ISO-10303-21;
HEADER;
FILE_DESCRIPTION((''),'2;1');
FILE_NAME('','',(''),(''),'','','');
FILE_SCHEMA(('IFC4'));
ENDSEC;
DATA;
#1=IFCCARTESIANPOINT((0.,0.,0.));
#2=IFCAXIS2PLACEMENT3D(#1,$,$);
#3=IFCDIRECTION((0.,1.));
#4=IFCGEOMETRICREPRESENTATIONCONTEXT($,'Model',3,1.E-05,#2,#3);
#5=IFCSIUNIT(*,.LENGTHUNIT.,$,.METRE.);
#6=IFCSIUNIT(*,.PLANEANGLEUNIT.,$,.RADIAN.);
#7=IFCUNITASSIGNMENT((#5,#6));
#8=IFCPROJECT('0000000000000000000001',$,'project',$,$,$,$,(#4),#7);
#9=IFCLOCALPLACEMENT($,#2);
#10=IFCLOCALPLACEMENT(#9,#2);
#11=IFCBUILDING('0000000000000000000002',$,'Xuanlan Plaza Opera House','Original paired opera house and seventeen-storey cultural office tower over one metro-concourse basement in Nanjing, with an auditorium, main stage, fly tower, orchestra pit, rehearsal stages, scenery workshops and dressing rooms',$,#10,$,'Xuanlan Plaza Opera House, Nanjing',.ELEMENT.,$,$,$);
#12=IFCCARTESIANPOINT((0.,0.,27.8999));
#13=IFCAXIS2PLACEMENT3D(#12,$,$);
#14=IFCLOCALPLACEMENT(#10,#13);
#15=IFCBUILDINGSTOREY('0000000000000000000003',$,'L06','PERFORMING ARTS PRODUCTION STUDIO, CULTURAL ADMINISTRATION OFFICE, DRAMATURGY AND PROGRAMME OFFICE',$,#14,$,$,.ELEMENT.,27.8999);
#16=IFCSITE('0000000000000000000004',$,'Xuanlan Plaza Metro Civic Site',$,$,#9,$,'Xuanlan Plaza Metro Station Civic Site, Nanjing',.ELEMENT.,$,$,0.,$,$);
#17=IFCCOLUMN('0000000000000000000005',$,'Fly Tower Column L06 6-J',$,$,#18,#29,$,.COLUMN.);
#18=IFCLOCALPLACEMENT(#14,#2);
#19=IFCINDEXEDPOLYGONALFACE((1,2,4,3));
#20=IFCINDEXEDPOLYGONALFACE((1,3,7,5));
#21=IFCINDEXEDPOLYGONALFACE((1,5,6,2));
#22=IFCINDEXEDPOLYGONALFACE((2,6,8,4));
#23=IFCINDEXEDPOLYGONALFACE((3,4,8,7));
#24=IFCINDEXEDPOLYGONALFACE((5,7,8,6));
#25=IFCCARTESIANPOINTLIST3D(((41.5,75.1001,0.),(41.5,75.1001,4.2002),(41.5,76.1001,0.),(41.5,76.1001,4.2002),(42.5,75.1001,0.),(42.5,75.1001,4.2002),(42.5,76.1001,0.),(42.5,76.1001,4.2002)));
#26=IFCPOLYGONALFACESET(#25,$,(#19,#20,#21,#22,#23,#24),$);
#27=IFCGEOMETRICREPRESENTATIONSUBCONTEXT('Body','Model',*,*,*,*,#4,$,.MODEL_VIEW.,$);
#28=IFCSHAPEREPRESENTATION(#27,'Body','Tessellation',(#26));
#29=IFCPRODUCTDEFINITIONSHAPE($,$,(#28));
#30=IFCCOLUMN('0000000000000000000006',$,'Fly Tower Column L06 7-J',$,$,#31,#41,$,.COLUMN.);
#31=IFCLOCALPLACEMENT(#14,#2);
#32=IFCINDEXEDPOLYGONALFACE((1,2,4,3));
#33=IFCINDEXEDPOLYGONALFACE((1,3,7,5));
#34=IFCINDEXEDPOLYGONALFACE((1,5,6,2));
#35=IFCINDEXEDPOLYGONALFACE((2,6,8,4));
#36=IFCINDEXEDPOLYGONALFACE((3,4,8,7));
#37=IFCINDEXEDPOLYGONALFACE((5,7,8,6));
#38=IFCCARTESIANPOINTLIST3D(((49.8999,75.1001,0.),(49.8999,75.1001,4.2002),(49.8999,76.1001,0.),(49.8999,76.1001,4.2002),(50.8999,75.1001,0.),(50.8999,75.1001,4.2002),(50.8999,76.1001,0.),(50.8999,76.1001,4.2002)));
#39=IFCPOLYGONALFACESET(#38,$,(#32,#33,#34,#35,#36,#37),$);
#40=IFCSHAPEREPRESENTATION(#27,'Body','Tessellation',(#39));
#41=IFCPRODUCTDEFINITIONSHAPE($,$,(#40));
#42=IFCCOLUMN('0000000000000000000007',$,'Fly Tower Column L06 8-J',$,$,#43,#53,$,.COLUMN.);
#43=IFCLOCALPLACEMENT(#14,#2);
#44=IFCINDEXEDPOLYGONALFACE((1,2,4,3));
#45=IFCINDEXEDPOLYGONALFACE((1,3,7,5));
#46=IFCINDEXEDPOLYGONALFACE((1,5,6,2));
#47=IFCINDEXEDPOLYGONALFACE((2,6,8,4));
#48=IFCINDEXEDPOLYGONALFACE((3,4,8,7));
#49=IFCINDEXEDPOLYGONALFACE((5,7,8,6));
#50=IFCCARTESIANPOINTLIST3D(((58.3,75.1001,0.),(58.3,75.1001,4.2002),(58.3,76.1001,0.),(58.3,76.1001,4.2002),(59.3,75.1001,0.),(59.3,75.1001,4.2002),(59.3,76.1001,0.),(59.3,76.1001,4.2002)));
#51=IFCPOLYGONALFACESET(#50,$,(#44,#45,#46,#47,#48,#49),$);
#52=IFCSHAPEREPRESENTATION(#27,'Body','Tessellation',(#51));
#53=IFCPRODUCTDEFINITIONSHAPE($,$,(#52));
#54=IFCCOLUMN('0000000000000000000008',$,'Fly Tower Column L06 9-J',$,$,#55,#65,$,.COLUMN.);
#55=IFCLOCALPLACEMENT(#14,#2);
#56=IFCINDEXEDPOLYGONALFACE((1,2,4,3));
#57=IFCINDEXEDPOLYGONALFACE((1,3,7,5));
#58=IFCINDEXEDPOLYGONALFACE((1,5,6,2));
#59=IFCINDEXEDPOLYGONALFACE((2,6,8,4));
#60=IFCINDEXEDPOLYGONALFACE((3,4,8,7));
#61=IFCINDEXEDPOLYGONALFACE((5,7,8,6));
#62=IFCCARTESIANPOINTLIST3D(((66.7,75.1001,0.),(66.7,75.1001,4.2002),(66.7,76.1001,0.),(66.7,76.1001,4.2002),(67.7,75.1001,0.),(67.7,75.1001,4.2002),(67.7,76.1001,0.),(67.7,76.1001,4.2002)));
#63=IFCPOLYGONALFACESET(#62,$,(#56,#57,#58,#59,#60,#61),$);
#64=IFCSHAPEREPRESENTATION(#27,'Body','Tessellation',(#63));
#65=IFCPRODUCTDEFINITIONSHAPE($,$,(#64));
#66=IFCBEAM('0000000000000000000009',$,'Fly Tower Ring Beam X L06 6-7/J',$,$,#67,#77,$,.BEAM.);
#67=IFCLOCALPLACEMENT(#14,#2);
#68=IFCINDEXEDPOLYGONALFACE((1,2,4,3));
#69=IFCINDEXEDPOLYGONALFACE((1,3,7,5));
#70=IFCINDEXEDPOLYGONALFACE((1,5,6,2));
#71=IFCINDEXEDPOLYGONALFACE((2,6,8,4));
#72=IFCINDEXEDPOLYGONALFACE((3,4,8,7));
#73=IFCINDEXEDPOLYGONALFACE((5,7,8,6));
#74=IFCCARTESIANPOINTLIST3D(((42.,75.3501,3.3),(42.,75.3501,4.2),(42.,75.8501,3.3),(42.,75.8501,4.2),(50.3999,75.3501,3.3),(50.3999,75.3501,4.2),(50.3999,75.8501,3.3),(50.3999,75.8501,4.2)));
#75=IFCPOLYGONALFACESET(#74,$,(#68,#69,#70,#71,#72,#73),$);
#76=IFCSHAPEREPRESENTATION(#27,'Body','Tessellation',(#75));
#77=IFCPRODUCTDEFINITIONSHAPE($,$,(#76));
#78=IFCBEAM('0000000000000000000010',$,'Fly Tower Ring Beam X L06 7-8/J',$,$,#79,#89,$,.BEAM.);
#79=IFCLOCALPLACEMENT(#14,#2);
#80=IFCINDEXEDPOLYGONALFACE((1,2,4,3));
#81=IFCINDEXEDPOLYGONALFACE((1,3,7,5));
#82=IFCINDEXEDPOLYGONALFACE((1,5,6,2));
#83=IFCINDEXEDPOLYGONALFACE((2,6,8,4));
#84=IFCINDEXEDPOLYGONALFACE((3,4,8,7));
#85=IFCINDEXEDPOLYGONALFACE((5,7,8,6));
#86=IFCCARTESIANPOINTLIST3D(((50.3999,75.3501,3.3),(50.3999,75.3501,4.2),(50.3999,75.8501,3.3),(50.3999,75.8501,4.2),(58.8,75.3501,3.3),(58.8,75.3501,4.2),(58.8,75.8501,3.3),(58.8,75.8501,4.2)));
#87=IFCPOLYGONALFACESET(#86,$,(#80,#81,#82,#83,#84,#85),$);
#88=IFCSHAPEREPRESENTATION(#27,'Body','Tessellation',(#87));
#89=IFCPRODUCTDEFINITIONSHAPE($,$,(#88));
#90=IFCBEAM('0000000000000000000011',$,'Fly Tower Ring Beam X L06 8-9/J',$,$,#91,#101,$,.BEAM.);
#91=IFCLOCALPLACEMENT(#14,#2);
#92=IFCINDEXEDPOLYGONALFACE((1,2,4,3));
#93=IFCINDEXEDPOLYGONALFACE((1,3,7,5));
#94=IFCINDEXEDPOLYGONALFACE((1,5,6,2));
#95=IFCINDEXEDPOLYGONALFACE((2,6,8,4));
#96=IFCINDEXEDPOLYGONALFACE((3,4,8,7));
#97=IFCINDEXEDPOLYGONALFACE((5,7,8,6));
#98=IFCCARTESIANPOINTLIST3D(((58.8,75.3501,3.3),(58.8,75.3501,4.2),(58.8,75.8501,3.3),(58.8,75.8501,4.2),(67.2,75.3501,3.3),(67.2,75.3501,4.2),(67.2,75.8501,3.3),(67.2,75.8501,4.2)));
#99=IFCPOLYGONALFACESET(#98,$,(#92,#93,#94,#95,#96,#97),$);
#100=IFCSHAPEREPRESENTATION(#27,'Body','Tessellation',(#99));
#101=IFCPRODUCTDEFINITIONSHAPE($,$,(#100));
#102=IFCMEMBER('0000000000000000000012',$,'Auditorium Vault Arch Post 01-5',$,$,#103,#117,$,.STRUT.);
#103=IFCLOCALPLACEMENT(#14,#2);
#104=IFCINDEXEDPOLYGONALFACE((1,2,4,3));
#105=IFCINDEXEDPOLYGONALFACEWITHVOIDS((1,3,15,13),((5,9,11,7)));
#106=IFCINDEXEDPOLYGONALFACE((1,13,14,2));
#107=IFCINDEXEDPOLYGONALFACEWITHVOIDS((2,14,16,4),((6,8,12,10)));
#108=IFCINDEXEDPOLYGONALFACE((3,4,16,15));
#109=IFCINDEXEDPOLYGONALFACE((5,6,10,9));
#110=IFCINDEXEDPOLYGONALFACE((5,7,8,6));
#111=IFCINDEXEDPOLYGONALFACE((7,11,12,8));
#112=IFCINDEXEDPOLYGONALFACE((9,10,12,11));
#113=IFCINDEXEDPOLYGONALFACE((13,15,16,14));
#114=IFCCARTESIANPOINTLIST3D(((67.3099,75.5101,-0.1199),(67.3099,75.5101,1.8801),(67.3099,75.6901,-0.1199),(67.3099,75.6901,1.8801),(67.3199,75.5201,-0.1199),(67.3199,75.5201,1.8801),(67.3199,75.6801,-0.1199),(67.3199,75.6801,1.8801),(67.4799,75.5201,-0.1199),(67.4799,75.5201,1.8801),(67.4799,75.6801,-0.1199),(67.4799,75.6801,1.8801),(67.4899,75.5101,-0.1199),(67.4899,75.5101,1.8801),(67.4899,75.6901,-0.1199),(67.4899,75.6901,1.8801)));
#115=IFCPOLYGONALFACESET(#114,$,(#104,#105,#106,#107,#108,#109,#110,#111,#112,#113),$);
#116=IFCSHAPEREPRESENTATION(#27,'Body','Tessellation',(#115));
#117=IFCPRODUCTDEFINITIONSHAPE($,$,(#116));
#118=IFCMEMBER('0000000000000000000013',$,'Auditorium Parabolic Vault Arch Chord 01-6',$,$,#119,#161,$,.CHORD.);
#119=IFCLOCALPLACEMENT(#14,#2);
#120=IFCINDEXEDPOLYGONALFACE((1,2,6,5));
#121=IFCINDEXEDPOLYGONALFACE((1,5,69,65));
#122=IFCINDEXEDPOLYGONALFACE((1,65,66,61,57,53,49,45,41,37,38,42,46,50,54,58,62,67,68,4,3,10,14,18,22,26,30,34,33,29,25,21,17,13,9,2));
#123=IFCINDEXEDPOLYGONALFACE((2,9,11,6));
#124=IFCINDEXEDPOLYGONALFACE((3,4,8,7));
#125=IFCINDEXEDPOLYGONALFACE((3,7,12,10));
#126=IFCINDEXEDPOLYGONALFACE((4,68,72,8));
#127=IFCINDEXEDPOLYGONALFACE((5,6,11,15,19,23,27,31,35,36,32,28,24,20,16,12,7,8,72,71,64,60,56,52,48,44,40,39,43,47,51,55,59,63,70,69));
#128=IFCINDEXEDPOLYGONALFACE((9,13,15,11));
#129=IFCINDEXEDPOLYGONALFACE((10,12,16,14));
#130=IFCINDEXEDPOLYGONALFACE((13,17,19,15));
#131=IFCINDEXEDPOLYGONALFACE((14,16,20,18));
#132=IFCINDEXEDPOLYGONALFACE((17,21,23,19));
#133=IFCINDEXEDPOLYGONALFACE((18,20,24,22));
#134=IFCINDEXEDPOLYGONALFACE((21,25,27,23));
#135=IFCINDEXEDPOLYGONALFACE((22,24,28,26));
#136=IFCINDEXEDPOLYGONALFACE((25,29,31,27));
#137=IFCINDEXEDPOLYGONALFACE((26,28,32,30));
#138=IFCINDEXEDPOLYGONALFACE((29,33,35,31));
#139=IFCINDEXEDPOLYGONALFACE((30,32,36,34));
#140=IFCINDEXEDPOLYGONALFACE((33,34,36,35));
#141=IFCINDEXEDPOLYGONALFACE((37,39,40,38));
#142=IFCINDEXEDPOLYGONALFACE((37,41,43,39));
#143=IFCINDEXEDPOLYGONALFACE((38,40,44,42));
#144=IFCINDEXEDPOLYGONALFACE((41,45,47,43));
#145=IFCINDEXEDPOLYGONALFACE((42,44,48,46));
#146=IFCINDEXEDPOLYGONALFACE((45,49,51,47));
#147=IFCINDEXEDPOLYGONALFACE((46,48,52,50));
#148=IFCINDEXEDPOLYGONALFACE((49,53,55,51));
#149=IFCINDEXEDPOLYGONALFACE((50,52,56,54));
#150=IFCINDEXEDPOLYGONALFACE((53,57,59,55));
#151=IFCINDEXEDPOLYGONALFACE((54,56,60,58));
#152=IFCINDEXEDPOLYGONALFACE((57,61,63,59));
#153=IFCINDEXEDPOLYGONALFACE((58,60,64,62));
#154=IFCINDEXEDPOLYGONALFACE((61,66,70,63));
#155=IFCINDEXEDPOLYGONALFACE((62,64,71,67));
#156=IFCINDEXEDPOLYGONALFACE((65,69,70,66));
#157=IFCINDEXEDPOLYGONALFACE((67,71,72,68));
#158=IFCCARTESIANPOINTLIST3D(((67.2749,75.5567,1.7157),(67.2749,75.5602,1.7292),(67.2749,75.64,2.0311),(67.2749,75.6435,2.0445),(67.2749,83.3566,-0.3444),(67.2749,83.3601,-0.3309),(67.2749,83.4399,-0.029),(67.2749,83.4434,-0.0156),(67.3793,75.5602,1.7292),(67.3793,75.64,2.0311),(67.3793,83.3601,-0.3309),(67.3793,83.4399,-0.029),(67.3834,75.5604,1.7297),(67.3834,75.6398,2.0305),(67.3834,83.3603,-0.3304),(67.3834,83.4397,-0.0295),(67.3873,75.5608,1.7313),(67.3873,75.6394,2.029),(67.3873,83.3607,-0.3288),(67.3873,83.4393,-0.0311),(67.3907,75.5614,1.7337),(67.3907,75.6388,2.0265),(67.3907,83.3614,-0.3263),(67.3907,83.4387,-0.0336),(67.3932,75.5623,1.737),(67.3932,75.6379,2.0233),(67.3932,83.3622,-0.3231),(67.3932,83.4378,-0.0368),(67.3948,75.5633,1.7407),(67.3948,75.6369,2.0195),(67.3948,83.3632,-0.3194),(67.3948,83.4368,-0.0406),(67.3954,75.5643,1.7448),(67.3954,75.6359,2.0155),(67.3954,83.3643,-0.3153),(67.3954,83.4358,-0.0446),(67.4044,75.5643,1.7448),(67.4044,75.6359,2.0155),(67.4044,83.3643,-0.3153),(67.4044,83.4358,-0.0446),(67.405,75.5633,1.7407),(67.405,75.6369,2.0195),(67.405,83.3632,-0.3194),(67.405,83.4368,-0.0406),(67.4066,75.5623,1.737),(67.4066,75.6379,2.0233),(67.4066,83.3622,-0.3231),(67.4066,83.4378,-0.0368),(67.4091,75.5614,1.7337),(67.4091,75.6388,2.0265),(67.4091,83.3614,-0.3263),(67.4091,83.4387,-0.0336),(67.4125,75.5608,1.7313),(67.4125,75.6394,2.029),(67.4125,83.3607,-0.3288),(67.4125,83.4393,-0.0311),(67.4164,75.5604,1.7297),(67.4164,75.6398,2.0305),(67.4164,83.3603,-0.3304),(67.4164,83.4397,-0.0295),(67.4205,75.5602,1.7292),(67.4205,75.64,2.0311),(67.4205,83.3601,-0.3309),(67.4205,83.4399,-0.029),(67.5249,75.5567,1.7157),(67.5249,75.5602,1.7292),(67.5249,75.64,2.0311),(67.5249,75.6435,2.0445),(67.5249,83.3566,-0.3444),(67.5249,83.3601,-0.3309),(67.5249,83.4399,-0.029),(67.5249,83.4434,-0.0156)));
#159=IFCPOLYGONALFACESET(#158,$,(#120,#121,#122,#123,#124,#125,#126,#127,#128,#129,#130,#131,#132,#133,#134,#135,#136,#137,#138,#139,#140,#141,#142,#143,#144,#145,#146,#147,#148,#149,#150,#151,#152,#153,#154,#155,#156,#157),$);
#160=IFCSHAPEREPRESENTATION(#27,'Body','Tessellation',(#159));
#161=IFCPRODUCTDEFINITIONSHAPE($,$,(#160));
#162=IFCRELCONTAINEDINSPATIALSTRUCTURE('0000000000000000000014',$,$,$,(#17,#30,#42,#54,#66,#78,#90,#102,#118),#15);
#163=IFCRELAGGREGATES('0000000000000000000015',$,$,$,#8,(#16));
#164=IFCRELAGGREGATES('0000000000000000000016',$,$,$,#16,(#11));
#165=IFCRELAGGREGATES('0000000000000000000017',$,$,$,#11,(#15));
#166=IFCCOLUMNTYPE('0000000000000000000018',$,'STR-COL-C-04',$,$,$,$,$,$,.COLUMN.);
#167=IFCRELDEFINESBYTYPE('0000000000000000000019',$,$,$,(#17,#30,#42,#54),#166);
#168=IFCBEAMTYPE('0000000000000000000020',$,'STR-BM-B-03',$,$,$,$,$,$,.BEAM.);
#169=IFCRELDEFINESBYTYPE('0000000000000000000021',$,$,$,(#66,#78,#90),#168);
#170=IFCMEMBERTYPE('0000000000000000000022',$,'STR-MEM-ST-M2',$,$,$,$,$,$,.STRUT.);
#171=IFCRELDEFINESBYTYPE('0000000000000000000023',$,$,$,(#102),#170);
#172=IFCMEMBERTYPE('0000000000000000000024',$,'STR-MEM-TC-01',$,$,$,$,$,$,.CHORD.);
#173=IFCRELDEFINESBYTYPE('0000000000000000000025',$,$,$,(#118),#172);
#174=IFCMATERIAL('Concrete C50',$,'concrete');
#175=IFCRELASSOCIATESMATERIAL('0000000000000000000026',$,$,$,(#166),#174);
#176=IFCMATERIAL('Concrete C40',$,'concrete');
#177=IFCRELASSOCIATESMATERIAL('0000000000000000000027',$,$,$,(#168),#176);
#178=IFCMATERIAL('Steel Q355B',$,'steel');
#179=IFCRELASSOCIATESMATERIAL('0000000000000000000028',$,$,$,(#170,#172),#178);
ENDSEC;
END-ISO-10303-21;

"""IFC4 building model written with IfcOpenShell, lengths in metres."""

from ifc_helpers import new_model, si_unit, direction, frame, origin, origin_2d, place, context, subcontext, project, spatial, rectangle, hollow_rectangle, i_section, extrude, material, material_profile, profile_set, type_object, element, save


model = new_model("IFC4")

# Units and contexts
model_context = context("Model", 3, precision=1e-05, world=origin(), true_north=direction((0.0, 1.0)))
body_context = subcontext(model_context, "Body", "Model", "MODEL_VIEW")
ifc_project = project(units=[si_unit("LENGTHUNIT", "METRE"), si_unit("PLANEANGLEUNIT", "RADIAN")], contexts=[model_context])

# Site, building, storey
site_placement = place(None, origin())
site = spatial("IfcSite", under=ifc_project, at=site_placement, Name="Xuanlan Plaza Metro Civic Site", LongName="Xuanlan Plaza Metro Station Civic Site, Nanjing", CompositionType="ELEMENT", RefElevation=0.0)
building_placement = place(site_placement, origin())
building = spatial("IfcBuilding", under=site, at=building_placement, Name="Xuanlan Plaza Opera House", Description="Original paired opera house and seventeen-storey cultural office tower over one metro-concourse basement in Nanjing, with an auditorium, main stage, fly tower, orchestra pit, rehearsal stages, scenery workshops and dressing rooms", LongName="Xuanlan Plaza Opera House, Nanjing", CompositionType="ELEMENT")
storey_placement = place(building_placement, frame((0.0, 0.0, 27.8999)))
storey = spatial("IfcBuildingStorey", under=building, at=storey_placement, Name="L06", Description="PERFORMING ARTS PRODUCTION STUDIO, CULTURAL ADMINISTRATION OFFICE, DRAMATURGY AND PROGRAMME OFFICE", CompositionType="ELEMENT", Elevation=27.8999)

# Columns
ifc_material_1 = material(Name="Concrete C50", Category="concrete")
ifc_material_profile_1 = material_profile(ifc_material_1, rectangle(XDim=1.0, YDim=1.0, at=origin_2d()), Name="RC-COL 1000x1000")
ifc_profile_set_1 = profile_set([ifc_material_profile_1], Name="Concrete C50")
column_type = type_object("IfcColumnType", Name="STR-COL-C-04", PredefinedType="COLUMN", material=ifc_profile_set_1)
for number, where, z_axis, x_axis, name in (
    (1, (42.0, 75.6001, 0.0), (0.0, 0.0, 1.0), (1.0, 0.0, 0.0), "Fly Tower Column L06 6-J"),
    (2, (50.3999, 75.6001, 0.0), (0.0, 0.0, 1.0), (1.0, 0.0, 0.0), "Fly Tower Column L06 7-J"),
    (3, (58.8, 75.6001, 0.0), (0.0, 0.0, 1.0), (1.0, 0.0, 0.0), "Fly Tower Column L06 8-J"),
    (4, (67.2, 75.6001, 0.0), (0.0, 0.0, 1.0), (1.0, 0.0, 0.0), "Fly Tower Column L06 9-J"),
):
    element("IfcColumn", number, at=place(storey_placement, frame(where, z_axis=z_axis, x_axis=x_axis)), inside=storey, type_object=column_type, Name=name, PredefinedType="COLUMN", context=body_context, shape_type="SweptSolid", body=[
        extrude(rectangle(XDim=1.0, YDim=1.0, at=origin_2d()), origin(), (0.0, 0.0, 1.0), 4.2002),
    ])

# Beams
ifc_material_2 = material(Name="Concrete C40", Category="concrete")
ifc_material_profile_2 = material_profile(ifc_material_2, rectangle(XDim=0.5, YDim=0.8999, at=origin_2d()), Name="RC-BM 500x900")
ifc_profile_set_2 = profile_set([ifc_material_profile_2], Name="Concrete C40")
beam_type = type_object("IfcBeamType", Name="STR-BM-B-03", PredefinedType="BEAM", material=ifc_profile_set_2)
beam_1_placement = place(storey_placement, frame((42.0, 75.6001, 3.75), z_axis=(1.0, 0.0, 0.0), x_axis=(0.0, 1.0, 0.0)))
element("IfcBeam", 5, at=beam_1_placement, inside=storey, type_object=beam_type, Name="Fly Tower Ring Beam X L06 6-7/J", PredefinedType="BEAM", context=body_context, shape_type="SweptSolid", body=[
    extrude(rectangle(XDim=0.5, YDim=0.8999, at=origin_2d()), origin(), (0.0, 0.0, 1.0), 8.3999),
])
beam_2_placement = place(storey_placement, frame((50.3999, 75.6001, 3.75), z_axis=(1.0, 0.0, 0.0), x_axis=(0.0, 1.0, 0.0)))
element("IfcBeam", 6, at=beam_2_placement, inside=storey, type_object=beam_type, Name="Fly Tower Ring Beam X L06 7-8/J", PredefinedType="BEAM", context=body_context, shape_type="SweptSolid", body=[
    extrude(rectangle(XDim=0.5, YDim=0.8999, at=origin_2d()), origin(), (0.0, 0.0, 1.0), 8.4001),
])
beam_3_placement = place(storey_placement, frame((58.8, 75.6001, 3.75), z_axis=(1.0, 0.0, 0.0), x_axis=(0.0, 1.0, 0.0)))
element("IfcBeam", 7, at=beam_3_placement, inside=storey, type_object=beam_type, Name="Fly Tower Ring Beam X L06 8-9/J", PredefinedType="BEAM", context=body_context, shape_type="SweptSolid", body=[
    extrude(rectangle(XDim=0.5, YDim=0.8999, at=origin_2d()), origin(), (0.0, 0.0, 1.0), 8.3999),
])

# Members
ifc_material_3 = material(Name="Steel Q355B", Category="steel")
ifc_material_profile_3 = material_profile(ifc_material_3, hollow_rectangle(XDim=0.1799, YDim=0.1799, WallThickness=0.01, at=origin_2d()), Name="SHS 180x180x10")
ifc_profile_set_3 = profile_set([ifc_material_profile_3], Name="Steel Q355B")
member_type_1 = type_object("IfcMemberType", Name="STR-MEM-ST-M2", PredefinedType="STRUT", material=ifc_profile_set_3)
member_1_placement = place(storey_placement, frame((67.3999, 75.6001, -0.1199), z_axis=(0.0, 0.0, 1.0), x_axis=(1.0, 0.0, 0.0)))
element("IfcMember", 8, at=member_1_placement, inside=storey, type_object=member_type_1, Name="Auditorium Vault Arch Post 01-5", PredefinedType="STRUT", context=body_context, shape_type="SweptSolid", body=[
    extrude(hollow_rectangle(XDim=0.1799, YDim=0.1799, WallThickness=0.01, at=origin_2d()), origin(), (0.0, 0.0, 1.0), 2.0),
])
ifc_material_profile_4 = material_profile(ifc_material_3, i_section(OverallWidth=0.25, OverallDepth=0.3401, WebThickness=0.009, FlangeThickness=0.0139, FilletRadius=0.0161, at=origin_2d()), Name="HM 340x250x9x14")
ifc_profile_set_4 = profile_set([ifc_material_profile_4], Name="Steel Q355B")
member_type_2 = type_object("IfcMemberType", Name="STR-MEM-TC-01", PredefinedType="CHORD", material=ifc_profile_set_4)
member_2_placement = place(storey_placement, frame((67.3999, 75.6001, 1.8801), z_axis=(0.0, 0.966846, -0.25536), x_axis=(-1.0, 0.0, 0.0)))
element("IfcMember", 9, at=member_2_placement, inside=storey, type_object=member_type_2, Name="Auditorium Parabolic Vault Arch Chord 01-6", PredefinedType="CHORD", context=body_context, shape_type="SweptSolid", body=[
    extrude(i_section(OverallWidth=0.25, OverallDepth=0.3401, WebThickness=0.009, FlangeThickness=0.0139, FilletRadius=0.0161, at=origin_2d()), origin(), (0.0, 0.0, 1.0), 8.0674),
])

save(model, "model.ifc")
